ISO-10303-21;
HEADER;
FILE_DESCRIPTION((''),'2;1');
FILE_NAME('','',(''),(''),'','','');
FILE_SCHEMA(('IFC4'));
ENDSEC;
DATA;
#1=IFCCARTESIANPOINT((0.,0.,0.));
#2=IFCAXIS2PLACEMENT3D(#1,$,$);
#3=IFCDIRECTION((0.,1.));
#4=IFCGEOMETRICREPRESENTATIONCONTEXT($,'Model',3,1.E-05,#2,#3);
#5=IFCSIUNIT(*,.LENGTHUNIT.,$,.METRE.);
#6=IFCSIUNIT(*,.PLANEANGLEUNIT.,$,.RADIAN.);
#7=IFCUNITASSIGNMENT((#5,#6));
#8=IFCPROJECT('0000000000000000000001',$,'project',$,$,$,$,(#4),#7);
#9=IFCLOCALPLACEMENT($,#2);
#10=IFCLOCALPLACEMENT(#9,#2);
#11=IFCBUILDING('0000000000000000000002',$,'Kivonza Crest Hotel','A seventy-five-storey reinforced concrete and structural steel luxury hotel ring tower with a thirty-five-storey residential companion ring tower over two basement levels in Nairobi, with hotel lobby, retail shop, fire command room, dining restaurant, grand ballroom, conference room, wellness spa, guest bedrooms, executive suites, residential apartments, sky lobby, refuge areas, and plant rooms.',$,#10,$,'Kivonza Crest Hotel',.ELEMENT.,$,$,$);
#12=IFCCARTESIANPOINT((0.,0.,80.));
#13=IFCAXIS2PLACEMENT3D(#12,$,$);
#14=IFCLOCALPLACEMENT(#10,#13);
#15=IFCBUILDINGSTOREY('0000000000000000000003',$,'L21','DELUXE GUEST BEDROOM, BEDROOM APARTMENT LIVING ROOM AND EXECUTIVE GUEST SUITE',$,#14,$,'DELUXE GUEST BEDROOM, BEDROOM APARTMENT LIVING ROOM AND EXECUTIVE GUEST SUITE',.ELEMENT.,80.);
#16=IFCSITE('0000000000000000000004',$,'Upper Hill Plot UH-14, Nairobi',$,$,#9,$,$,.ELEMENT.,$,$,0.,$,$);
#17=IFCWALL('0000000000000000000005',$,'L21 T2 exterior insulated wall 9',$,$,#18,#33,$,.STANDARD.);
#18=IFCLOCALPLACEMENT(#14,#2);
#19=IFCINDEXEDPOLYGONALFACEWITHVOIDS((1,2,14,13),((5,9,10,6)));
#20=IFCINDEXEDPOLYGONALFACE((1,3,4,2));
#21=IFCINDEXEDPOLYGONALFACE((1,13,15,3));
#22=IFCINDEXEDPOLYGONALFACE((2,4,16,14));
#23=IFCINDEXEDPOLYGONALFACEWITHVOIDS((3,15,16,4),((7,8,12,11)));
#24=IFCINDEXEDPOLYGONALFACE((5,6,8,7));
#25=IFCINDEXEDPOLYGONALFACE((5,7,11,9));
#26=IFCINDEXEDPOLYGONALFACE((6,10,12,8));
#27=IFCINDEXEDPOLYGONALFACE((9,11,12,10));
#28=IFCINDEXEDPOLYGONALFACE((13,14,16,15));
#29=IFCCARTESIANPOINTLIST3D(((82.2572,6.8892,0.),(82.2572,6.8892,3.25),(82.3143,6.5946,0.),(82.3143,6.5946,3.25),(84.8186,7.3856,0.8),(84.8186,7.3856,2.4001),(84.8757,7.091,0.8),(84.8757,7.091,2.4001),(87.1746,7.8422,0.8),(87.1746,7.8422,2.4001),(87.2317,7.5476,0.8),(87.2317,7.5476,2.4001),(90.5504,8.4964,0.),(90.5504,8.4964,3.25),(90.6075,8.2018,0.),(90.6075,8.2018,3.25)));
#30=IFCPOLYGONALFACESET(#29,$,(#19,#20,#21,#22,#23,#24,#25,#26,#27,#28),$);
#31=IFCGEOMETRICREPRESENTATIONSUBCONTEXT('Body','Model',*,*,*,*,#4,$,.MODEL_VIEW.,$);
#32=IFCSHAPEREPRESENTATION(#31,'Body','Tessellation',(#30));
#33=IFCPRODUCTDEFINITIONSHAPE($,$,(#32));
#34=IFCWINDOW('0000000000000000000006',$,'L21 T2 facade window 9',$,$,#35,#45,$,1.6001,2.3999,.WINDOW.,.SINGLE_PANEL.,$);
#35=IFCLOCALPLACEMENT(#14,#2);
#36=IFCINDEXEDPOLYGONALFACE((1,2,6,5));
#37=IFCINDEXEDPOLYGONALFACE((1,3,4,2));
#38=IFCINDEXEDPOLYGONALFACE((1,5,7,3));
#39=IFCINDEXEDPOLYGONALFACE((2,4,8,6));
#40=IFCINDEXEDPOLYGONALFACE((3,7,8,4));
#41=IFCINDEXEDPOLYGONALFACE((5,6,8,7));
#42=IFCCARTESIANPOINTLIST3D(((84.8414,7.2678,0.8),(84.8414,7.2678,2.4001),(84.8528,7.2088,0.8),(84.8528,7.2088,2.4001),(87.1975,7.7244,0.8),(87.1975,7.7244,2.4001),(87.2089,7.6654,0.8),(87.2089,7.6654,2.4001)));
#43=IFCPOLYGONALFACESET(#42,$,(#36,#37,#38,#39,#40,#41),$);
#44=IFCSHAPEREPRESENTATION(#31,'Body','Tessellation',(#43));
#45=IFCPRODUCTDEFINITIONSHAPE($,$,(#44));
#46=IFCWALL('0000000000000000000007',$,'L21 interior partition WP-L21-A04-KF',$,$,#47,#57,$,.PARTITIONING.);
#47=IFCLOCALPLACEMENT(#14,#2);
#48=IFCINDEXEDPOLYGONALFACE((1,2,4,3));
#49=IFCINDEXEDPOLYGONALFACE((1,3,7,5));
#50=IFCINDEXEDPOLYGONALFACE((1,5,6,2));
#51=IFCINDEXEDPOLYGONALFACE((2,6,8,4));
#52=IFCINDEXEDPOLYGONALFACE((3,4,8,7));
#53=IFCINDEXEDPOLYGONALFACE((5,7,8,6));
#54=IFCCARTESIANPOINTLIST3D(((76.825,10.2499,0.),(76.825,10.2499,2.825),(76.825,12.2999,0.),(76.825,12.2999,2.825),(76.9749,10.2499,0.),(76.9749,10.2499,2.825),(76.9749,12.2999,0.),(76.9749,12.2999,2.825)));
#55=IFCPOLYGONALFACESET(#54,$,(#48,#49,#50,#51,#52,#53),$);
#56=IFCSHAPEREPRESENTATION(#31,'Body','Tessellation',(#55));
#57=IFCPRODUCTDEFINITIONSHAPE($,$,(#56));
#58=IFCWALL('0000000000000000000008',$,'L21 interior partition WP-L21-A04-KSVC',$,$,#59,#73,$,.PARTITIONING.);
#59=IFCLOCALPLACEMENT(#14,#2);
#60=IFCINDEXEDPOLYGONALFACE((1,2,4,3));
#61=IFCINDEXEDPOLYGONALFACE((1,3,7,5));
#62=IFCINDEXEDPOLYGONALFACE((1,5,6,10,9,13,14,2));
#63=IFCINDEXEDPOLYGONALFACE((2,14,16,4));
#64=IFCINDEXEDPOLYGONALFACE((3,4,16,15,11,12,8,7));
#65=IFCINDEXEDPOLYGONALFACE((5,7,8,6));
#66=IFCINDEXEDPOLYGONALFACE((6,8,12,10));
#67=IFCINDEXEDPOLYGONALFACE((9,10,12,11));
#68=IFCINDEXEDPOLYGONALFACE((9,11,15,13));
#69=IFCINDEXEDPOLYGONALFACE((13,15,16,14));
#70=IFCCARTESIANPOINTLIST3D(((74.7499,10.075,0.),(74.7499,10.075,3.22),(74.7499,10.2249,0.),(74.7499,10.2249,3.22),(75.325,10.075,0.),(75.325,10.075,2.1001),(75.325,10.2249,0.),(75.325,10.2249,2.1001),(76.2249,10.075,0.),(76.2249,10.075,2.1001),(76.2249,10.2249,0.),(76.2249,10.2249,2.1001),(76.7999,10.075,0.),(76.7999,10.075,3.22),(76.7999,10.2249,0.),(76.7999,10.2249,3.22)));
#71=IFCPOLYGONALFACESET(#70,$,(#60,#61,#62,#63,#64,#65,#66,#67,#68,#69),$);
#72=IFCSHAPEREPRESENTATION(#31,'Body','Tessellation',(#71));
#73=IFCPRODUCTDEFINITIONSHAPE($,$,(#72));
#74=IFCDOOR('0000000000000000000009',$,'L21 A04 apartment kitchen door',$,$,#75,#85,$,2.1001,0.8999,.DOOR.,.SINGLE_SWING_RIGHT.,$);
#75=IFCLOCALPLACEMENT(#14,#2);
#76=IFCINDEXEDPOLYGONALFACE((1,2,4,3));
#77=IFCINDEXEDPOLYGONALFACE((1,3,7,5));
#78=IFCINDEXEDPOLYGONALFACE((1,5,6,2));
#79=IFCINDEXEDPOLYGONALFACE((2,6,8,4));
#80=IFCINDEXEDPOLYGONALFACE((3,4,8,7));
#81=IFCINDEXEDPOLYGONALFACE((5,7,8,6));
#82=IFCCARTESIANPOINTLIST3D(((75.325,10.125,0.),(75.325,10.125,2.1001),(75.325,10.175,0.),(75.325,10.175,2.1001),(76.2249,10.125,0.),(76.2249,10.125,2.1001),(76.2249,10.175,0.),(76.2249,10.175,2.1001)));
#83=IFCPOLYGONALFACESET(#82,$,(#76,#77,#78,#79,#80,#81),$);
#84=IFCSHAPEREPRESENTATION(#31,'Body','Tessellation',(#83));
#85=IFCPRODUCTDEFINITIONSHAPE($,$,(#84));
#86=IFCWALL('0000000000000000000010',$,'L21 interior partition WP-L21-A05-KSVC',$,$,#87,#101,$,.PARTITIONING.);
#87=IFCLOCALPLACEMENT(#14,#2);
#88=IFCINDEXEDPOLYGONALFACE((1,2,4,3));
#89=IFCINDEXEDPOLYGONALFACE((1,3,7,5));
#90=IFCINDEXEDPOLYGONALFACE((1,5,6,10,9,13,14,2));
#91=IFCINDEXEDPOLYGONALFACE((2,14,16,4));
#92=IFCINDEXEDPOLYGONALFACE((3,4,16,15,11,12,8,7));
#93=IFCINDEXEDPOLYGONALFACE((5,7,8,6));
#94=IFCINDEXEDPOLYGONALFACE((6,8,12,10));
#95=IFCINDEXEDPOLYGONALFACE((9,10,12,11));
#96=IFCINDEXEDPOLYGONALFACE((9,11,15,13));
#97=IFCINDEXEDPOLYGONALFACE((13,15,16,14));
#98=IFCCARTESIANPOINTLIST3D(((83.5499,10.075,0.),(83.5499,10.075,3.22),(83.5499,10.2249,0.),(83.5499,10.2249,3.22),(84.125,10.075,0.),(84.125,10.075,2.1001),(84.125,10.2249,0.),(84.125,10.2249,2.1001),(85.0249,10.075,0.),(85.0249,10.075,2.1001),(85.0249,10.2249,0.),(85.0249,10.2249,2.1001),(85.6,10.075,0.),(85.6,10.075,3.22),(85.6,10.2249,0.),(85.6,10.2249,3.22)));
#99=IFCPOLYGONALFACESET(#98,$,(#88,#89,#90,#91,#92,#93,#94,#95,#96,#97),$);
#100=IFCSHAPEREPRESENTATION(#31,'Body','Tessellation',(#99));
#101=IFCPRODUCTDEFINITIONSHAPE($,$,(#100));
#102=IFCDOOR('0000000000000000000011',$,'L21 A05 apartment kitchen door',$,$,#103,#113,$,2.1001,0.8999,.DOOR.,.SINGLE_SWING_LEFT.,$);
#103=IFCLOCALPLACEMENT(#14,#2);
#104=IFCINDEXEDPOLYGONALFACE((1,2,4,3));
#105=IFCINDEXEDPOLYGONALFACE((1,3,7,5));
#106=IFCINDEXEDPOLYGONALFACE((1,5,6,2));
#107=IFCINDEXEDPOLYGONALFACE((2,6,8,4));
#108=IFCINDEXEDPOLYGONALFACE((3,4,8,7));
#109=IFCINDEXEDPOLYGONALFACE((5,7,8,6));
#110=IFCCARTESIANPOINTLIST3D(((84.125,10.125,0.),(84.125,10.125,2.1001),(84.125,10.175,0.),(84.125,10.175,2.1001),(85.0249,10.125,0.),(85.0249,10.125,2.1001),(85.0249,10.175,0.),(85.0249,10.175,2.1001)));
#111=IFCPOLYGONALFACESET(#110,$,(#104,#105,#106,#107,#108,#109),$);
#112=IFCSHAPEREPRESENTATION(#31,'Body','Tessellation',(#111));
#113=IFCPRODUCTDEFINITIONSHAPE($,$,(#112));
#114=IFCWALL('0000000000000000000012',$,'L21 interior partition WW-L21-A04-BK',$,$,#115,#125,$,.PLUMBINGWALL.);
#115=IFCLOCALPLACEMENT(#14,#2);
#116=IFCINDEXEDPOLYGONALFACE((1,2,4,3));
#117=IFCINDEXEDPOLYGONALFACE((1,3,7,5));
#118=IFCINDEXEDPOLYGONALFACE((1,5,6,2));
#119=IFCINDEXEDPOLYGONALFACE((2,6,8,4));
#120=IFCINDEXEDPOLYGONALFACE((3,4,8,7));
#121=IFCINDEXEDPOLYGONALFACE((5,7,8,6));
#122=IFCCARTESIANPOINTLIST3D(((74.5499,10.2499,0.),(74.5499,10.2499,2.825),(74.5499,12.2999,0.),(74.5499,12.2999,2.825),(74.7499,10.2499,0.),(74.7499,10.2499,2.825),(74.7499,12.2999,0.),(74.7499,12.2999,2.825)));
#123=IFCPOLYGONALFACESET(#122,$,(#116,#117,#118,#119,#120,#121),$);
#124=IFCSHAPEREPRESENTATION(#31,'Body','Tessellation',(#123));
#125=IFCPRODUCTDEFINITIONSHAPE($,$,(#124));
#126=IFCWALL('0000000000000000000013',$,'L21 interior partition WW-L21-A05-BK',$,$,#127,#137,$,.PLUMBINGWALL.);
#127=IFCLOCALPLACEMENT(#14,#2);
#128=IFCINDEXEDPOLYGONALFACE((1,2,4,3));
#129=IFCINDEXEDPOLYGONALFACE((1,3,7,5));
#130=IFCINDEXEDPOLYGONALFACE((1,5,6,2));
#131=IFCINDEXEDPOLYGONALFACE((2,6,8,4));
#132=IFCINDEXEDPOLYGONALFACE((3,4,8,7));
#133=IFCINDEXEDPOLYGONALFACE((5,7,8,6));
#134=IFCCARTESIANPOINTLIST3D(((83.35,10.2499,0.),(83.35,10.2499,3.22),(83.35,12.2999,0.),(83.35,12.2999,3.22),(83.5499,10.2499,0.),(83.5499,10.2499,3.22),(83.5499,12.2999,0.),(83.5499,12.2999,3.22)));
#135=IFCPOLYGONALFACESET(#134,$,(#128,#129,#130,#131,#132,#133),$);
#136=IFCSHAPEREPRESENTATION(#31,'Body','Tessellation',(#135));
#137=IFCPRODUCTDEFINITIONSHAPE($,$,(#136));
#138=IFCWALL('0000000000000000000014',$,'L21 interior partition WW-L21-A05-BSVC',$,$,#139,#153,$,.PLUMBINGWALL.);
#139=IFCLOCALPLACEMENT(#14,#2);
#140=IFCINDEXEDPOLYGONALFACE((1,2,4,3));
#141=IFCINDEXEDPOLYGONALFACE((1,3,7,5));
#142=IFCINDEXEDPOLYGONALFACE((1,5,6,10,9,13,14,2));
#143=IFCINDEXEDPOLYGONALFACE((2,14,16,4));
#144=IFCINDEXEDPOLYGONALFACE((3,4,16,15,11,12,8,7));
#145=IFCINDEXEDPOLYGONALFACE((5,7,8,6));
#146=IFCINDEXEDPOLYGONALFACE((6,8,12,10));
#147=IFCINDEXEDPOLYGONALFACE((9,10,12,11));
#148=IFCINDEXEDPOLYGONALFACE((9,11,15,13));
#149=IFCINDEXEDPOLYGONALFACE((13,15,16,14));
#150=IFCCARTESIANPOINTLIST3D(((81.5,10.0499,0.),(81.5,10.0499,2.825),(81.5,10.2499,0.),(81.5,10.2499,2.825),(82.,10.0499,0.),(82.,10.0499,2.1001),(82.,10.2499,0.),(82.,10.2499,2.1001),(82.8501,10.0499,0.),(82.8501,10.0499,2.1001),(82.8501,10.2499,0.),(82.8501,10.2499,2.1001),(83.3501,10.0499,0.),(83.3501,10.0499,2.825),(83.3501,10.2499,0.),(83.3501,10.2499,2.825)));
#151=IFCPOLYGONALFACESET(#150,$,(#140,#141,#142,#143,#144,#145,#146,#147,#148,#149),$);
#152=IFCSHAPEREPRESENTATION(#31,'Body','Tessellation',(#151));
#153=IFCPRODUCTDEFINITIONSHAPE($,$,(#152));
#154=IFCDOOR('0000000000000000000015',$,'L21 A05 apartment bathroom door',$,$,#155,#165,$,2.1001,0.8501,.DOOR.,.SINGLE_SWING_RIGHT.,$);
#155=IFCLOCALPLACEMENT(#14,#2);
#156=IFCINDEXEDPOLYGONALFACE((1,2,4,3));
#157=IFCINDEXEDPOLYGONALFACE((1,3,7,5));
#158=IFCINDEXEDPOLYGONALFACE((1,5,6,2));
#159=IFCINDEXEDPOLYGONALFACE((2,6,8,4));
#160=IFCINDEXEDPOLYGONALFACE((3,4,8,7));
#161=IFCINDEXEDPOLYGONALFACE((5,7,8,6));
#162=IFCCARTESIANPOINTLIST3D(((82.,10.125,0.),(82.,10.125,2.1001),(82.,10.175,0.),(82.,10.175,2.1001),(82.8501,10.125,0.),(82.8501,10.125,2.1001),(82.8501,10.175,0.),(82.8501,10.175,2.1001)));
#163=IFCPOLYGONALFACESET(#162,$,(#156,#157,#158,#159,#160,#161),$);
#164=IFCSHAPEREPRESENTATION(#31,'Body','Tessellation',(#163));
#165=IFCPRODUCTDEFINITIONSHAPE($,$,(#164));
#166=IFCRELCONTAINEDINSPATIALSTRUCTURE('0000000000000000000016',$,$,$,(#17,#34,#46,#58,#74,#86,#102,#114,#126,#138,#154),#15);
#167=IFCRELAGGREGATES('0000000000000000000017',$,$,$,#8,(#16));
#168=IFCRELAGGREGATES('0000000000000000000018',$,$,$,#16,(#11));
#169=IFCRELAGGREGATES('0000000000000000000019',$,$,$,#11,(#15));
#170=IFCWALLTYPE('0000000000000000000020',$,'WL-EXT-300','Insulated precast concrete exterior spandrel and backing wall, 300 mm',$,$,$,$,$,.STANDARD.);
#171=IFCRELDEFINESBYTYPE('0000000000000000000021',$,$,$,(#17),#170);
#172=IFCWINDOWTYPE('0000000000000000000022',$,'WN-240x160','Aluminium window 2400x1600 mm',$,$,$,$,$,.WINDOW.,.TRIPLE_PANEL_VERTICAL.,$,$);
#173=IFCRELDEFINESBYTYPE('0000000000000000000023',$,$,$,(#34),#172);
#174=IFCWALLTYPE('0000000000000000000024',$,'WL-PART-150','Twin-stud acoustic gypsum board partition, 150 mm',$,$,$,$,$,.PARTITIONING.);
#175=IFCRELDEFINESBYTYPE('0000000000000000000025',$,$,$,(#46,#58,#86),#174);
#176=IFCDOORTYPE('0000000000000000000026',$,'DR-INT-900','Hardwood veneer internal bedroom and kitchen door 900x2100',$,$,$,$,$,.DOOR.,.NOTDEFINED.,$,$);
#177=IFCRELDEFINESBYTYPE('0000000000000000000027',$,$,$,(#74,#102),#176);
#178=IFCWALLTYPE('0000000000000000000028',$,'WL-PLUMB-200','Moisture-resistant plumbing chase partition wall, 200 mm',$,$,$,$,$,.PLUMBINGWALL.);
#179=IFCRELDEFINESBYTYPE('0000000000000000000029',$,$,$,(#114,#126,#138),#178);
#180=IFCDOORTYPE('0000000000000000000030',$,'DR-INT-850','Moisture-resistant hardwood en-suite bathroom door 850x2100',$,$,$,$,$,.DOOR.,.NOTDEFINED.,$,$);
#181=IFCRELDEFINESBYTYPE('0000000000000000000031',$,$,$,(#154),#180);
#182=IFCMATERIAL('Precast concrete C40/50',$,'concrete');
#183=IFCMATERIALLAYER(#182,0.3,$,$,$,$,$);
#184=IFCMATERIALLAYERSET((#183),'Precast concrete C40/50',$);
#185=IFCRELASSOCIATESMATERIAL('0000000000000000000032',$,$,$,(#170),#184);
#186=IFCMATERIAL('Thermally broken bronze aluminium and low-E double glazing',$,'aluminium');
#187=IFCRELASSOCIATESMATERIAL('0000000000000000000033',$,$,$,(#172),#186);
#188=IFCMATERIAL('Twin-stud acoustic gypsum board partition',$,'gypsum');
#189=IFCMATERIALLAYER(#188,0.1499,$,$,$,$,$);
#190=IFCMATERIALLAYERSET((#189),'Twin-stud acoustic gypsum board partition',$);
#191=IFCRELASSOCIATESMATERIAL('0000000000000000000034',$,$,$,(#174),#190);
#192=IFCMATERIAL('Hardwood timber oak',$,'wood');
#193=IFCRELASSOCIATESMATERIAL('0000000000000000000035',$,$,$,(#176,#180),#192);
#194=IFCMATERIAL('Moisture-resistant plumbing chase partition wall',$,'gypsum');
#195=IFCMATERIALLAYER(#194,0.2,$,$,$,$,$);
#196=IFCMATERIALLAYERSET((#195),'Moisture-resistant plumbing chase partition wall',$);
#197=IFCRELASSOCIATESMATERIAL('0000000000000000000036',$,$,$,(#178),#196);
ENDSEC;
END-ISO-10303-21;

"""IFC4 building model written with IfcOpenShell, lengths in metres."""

from ifc_helpers import new_model, si_unit, direction, frame, frame_2d, origin, place, context, subcontext, project, spatial, rectangle, extrude, material, layer, layer_set, type_object, element, fill, save


model = new_model("IFC4")

# Units and contexts
model_context = context("Model", 3, precision=1e-05, world=origin(), true_north=direction((0.0, 1.0)))
body_context = subcontext(model_context, "Body", "Model", "MODEL_VIEW")
ifc_project = project(units=[si_unit("LENGTHUNIT", "METRE"), si_unit("PLANEANGLEUNIT", "RADIAN")], contexts=[model_context])

# Site, building, storey
site_placement = place(None, origin())
site = spatial("IfcSite", under=ifc_project, at=site_placement, Name="Upper Hill Plot UH-14, Nairobi", CompositionType="ELEMENT", RefElevation=0.0)
building_placement = place(site_placement, origin())
building = spatial("IfcBuilding", under=site, at=building_placement, Name="Kivonza Crest Hotel", Description="A seventy-five-storey reinforced concrete and structural steel luxury hotel ring tower with a thirty-five-storey residential companion ring tower over two basement levels in Nairobi, with hotel lobby, retail shop, fire command room, dining restaurant, grand ballroom, conference room, wellness spa, guest bedrooms, executive suites, residential apartments, sky lobby, refuge areas, and plant rooms.", LongName="Kivonza Crest Hotel", CompositionType="ELEMENT")
storey_placement = place(building_placement, frame((0.0, 0.0, 80.0)))
storey = spatial("IfcBuildingStorey", under=building, at=storey_placement, Name="L21", Description="DELUXE GUEST BEDROOM, BEDROOM APARTMENT LIVING ROOM AND EXECUTIVE GUEST SUITE", LongName="DELUXE GUEST BEDROOM, BEDROOM APARTMENT LIVING ROOM AND EXECUTIVE GUEST SUITE", CompositionType="ELEMENT", Elevation=80.0)

# Shared definitions
ifc_material_1 = material(Name="Hardwood timber oak", Category="wood")

# Wall, opening, window
ifc_material_2 = material(Name="Precast concrete C40/50", Category="concrete")
ifc_layer_1 = layer(ifc_material_2, 0.3)
ifc_layer_set_1 = layer_set([ifc_layer_1], Name="Precast concrete C40/50")
wall_type_1 = type_object("IfcWallType", Name="WL-EXT-300", Description="Insulated precast concrete exterior spandrel and backing wall, 300 mm", PredefinedType="STANDARD", material=ifc_layer_set_1)
wall_1_placement = place(storey_placement, frame((82.2859, 6.7419, 0.0), z_axis=(0.0, 0.0, 1.0), x_axis=(0.981735, 0.190255, 0.0)))
wall_1 = element("IfcWall", 1, at=wall_1_placement, inside=storey, type_object=wall_type_1, Name="L21 T2 exterior insulated wall 9", PredefinedType="STANDARD", context=body_context, shape_type="SweptSolid", body=[
    extrude(rectangle(XDim=8.4475, YDim=0.3, at=frame_2d((4.2236, 0.0))), origin(), (0.0, 0.0, 1.0), 3.25),
])
opening_1_placement = place(wall_1_placement, frame((2.6089, 0.0, 0.8)))
opening_1 = element("IfcOpeningElement", 2, at=opening_1_placement, cuts=wall_1, PredefinedType="OPENING", context=body_context, shape_type="SweptSolid", body=[
    extrude(rectangle(XDim=2.3999, YDim=1.6001, at=frame_2d((1.2, 0.8))), frame((0.0, 0.1602, 0.0), z_axis=(0.0, -1.0, 0.0), x_axis=(1.0, 0.0, 0.0)), (0.0, 0.0, 1.0), 0.3201),
])
ifc_material_3 = material(Name="Thermally broken bronze aluminium and low-E double glazing", Category="aluminium")
window_type = type_object("IfcWindowType", Name="WN-240x160", Description="Aluminium window 2400x1600 mm", PartitioningType="TRIPLE_PANEL_VERTICAL", PredefinedType="WINDOW", material=ifc_material_3)
window_placement = place(opening_1_placement, origin())
window = element("IfcWindow", 3, at=window_placement, inside=storey, type_object=window_type, Name="L21 T2 facade window 9", OverallHeight=1.6001, OverallWidth=2.3999, PartitioningType="SINGLE_PANEL", PredefinedType="WINDOW", context=body_context, shape_type="SweptSolid", body=[
    extrude(rectangle(XDim=2.3999, YDim=1.6001, at=frame_2d((1.2, 0.8))), frame((0.0, 0.03, 0.0), z_axis=(0.0, -1.0, 0.0), x_axis=(1.0, 0.0, 0.0)), (0.0, 0.0, 1.0), 0.0601),
])
fill(opening_1, window)

# Wall
ifc_material_4 = material(Name="Twin-stud acoustic gypsum board partition", Category="gypsum")
ifc_layer_2 = layer(ifc_material_4, 0.1499)
ifc_layer_set_2 = layer_set([ifc_layer_2], Name="Twin-stud acoustic gypsum board partition")
wall_type_2 = type_object("IfcWallType", Name="WL-PART-150", Description="Twin-stud acoustic gypsum board partition, 150 mm", PredefinedType="PARTITIONING", material=ifc_layer_set_2)
wall_2_placement = place(storey_placement, frame((76.8999, 10.25, 0.0), z_axis=(0.0, 0.0, 1.0), x_axis=(0.0, 1.0, 0.0)))
element("IfcWall", 4, at=wall_2_placement, inside=storey, type_object=wall_type_2, Name="L21 interior partition WP-L21-A04-KF", PredefinedType="PARTITIONING", context=body_context, shape_type="SweptSolid", body=[
    extrude(rectangle(XDim=2.05, YDim=0.1499, at=frame_2d((1.0249, 0.0))), origin(), (0.0, 0.0, 1.0), 2.825),
])

# Walls, openings, doors
wall_3_placement = place(storey_placement, frame((74.75, 10.1499, 0.0), z_axis=(0.0, 0.0, 1.0), x_axis=(1.0, 0.0, 0.0)))
wall_3 = element("IfcWall", 5, at=wall_3_placement, inside=storey, type_object=wall_type_2, Name="L21 interior partition WP-L21-A04-KSVC", PredefinedType="PARTITIONING", context=body_context, shape_type="SweptSolid", body=[
    extrude(rectangle(XDim=2.05, YDim=0.1499, at=frame_2d((1.0249, 0.0))), origin(), (0.0, 0.0, 1.0), 3.22),
])
opening_2_placement = place(wall_3_placement, frame((0.575, 0.0, 0.0)))
opening_2 = element("IfcOpeningElement", 6, at=opening_2_placement, cuts=wall_3, PredefinedType="OPENING", context=body_context, shape_type="SweptSolid", body=[
    extrude(rectangle(XDim=0.8999, YDim=2.1001, at=frame_2d((0.45, 1.05))), frame((0.0, 0.085, 0.0), z_axis=(0.0, -1.0, 0.0), x_axis=(1.0, 0.0, 0.0)), (0.0, 0.0, 1.0), 0.1699),
])
door_type_1 = type_object("IfcDoorType", Name="DR-INT-900", Description="Hardwood veneer internal bedroom and kitchen door 900x2100", OperationType="NOTDEFINED", PredefinedType="DOOR", material=ifc_material_1)
door_1_placement = place(opening_2_placement, frame((0.8999, 0.0, 0.0), z_axis=(0.0, 0.0, 1.0), x_axis=(-1.0, 0.0, 0.0)))
door_1 = element("IfcDoor", 7, at=door_1_placement, inside=storey, type_object=door_type_1, Name="L21 A04 apartment kitchen door", OperationType="SINGLE_SWING_RIGHT", OverallHeight=2.1001, OverallWidth=0.8999, PredefinedType="DOOR", context=body_context, shape_type="SweptSolid", body=[
    extrude(rectangle(XDim=0.8999, YDim=2.1001, at=frame_2d((0.45, 1.05))), frame((0.0, 0.0249, 0.0), z_axis=(0.0, -1.0, 0.0), x_axis=(1.0, 0.0, 0.0)), (0.0, 0.0, 1.0), 0.05),
])
fill(opening_2, door_1)
wall_4_placement = place(storey_placement, frame((83.55, 10.1499, 0.0), z_axis=(0.0, 0.0, 1.0), x_axis=(1.0, 0.0, 0.0)))
wall_4 = element("IfcWall", 8, at=wall_4_placement, inside=storey, type_object=wall_type_2, Name="L21 interior partition WP-L21-A05-KSVC", PredefinedType="PARTITIONING", context=body_context, shape_type="SweptSolid", body=[
    extrude(rectangle(XDim=2.05, YDim=0.1499, at=frame_2d((1.0249, 0.0))), origin(), (0.0, 0.0, 1.0), 3.22),
])
opening_3_placement = place(wall_4_placement, frame((0.575, 0.0, 0.0)))
opening_3 = element("IfcOpeningElement", 9, at=opening_3_placement, cuts=wall_4, PredefinedType="OPENING", context=body_context, shape_type="SweptSolid", body=[
    extrude(rectangle(XDim=0.8999, YDim=2.1001, at=frame_2d((0.45, 1.05))), frame((0.0, 0.085, 0.0), z_axis=(0.0, -1.0, 0.0), x_axis=(1.0, 0.0, 0.0)), (0.0, 0.0, 1.0), 0.1699),
])
door_2_placement = place(opening_3_placement, frame((0.8999, 0.0, 0.0), z_axis=(0.0, 0.0, 1.0), x_axis=(-1.0, 0.0, 0.0)))
door_2 = element("IfcDoor", 10, at=door_2_placement, inside=storey, type_object=door_type_1, Name="L21 A05 apartment kitchen door", OperationType="SINGLE_SWING_LEFT", OverallHeight=2.1001, OverallWidth=0.8999, PredefinedType="DOOR", context=body_context, shape_type="SweptSolid", body=[
    extrude(rectangle(XDim=0.8999, YDim=2.1001, at=frame_2d((0.45, 1.05))), frame((0.0, 0.0249, 0.0), z_axis=(0.0, -1.0, 0.0), x_axis=(1.0, 0.0, 0.0)), (0.0, 0.0, 1.0), 0.05),
])
fill(opening_3, door_2)

# Walls
ifc_material_5 = material(Name="Moisture-resistant plumbing chase partition wall", Category="gypsum")
ifc_layer_3 = layer(ifc_material_5, 0.2)
ifc_layer_set_3 = layer_set([ifc_layer_3], Name="Moisture-resistant plumbing chase partition wall")
wall_type_3 = type_object("IfcWallType", Name="WL-PLUMB-200", Description="Moisture-resistant plumbing chase partition wall, 200 mm", PredefinedType="PLUMBINGWALL", material=ifc_layer_set_3)
wall_5_placement = place(storey_placement, frame((74.6499, 10.25, 0.0), z_axis=(0.0, 0.0, 1.0), x_axis=(0.0, 1.0, 0.0)))
element("IfcWall", 11, at=wall_5_placement, inside=storey, type_object=wall_type_3, Name="L21 interior partition WW-L21-A04-BK", PredefinedType="PLUMBINGWALL", context=body_context, shape_type="SweptSolid", body=[
    extrude(rectangle(XDim=2.05, YDim=0.2, at=frame_2d((1.0249, 0.0))), origin(), (0.0, 0.0, 1.0), 2.825),
])
wall_6_placement = place(storey_placement, frame((83.45, 10.25, 0.0), z_axis=(0.0, 0.0, 1.0), x_axis=(0.0, 1.0, 0.0)))
element("IfcWall", 12, at=wall_6_placement, inside=storey, type_object=wall_type_3, Name="L21 interior partition WW-L21-A05-BK", PredefinedType="PLUMBINGWALL", context=body_context, shape_type="SweptSolid", body=[
    extrude(rectangle(XDim=2.05, YDim=0.2, at=frame_2d((1.0249, 0.0))), origin(), (0.0, 0.0, 1.0), 3.22),
])

# Wall, opening, door
wall_7_placement = place(storey_placement, frame((81.5, 10.1499, 0.0), z_axis=(0.0, 0.0, 1.0), x_axis=(1.0, 0.0, 0.0)))
wall_7 = element("IfcWall", 13, at=wall_7_placement, inside=storey, type_object=wall_type_3, Name="L21 interior partition WW-L21-A05-BSVC", PredefinedType="PLUMBINGWALL", context=body_context, shape_type="SweptSolid", body=[
    extrude(rectangle(XDim=1.8501, YDim=0.2, at=frame_2d((0.925, 0.0))), origin(), (0.0, 0.0, 1.0), 2.825),
])
opening_4_placement = place(wall_7_placement, frame((0.5, 0.0, 0.0)))
opening_4 = element("IfcOpeningElement", 14, at=opening_4_placement, cuts=wall_7, PredefinedType="OPENING", context=body_context, shape_type="SweptSolid", body=[
    extrude(rectangle(XDim=0.8501, YDim=2.1001, at=frame_2d((0.425, 1.05))), frame((0.0, 0.1099, 0.0), z_axis=(0.0, -1.0, 0.0), x_axis=(1.0, 0.0, 0.0)), (0.0, 0.0, 1.0), 0.22),
])
door_type_2 = type_object("IfcDoorType", Name="DR-INT-850", Description="Moisture-resistant hardwood en-suite bathroom door 850x2100", OperationType="NOTDEFINED", PredefinedType="DOOR", material=ifc_material_1)
door_3_placement = place(opening_4_placement, frame((0.8501, 0.0, 0.0), z_axis=(0.0, 0.0, 1.0), x_axis=(-1.0, 0.0, 0.0)))
door_3 = element("IfcDoor", 15, at=door_3_placement, inside=storey, type_object=door_type_2, Name="L21 A05 apartment bathroom door", OperationType="SINGLE_SWING_RIGHT", OverallHeight=2.1001, OverallWidth=0.8501, PredefinedType="DOOR", context=body_context, shape_type="SweptSolid", body=[
    extrude(rectangle(XDim=0.8501, YDim=2.1001, at=frame_2d((0.425, 1.05))), frame((0.0, 0.0249, 0.0), z_axis=(0.0, -1.0, 0.0), x_axis=(1.0, 0.0, 0.0)), (0.0, 0.0, 1.0), 0.05),
])
fill(opening_4, door_3)

save(model, "model.ifc")
